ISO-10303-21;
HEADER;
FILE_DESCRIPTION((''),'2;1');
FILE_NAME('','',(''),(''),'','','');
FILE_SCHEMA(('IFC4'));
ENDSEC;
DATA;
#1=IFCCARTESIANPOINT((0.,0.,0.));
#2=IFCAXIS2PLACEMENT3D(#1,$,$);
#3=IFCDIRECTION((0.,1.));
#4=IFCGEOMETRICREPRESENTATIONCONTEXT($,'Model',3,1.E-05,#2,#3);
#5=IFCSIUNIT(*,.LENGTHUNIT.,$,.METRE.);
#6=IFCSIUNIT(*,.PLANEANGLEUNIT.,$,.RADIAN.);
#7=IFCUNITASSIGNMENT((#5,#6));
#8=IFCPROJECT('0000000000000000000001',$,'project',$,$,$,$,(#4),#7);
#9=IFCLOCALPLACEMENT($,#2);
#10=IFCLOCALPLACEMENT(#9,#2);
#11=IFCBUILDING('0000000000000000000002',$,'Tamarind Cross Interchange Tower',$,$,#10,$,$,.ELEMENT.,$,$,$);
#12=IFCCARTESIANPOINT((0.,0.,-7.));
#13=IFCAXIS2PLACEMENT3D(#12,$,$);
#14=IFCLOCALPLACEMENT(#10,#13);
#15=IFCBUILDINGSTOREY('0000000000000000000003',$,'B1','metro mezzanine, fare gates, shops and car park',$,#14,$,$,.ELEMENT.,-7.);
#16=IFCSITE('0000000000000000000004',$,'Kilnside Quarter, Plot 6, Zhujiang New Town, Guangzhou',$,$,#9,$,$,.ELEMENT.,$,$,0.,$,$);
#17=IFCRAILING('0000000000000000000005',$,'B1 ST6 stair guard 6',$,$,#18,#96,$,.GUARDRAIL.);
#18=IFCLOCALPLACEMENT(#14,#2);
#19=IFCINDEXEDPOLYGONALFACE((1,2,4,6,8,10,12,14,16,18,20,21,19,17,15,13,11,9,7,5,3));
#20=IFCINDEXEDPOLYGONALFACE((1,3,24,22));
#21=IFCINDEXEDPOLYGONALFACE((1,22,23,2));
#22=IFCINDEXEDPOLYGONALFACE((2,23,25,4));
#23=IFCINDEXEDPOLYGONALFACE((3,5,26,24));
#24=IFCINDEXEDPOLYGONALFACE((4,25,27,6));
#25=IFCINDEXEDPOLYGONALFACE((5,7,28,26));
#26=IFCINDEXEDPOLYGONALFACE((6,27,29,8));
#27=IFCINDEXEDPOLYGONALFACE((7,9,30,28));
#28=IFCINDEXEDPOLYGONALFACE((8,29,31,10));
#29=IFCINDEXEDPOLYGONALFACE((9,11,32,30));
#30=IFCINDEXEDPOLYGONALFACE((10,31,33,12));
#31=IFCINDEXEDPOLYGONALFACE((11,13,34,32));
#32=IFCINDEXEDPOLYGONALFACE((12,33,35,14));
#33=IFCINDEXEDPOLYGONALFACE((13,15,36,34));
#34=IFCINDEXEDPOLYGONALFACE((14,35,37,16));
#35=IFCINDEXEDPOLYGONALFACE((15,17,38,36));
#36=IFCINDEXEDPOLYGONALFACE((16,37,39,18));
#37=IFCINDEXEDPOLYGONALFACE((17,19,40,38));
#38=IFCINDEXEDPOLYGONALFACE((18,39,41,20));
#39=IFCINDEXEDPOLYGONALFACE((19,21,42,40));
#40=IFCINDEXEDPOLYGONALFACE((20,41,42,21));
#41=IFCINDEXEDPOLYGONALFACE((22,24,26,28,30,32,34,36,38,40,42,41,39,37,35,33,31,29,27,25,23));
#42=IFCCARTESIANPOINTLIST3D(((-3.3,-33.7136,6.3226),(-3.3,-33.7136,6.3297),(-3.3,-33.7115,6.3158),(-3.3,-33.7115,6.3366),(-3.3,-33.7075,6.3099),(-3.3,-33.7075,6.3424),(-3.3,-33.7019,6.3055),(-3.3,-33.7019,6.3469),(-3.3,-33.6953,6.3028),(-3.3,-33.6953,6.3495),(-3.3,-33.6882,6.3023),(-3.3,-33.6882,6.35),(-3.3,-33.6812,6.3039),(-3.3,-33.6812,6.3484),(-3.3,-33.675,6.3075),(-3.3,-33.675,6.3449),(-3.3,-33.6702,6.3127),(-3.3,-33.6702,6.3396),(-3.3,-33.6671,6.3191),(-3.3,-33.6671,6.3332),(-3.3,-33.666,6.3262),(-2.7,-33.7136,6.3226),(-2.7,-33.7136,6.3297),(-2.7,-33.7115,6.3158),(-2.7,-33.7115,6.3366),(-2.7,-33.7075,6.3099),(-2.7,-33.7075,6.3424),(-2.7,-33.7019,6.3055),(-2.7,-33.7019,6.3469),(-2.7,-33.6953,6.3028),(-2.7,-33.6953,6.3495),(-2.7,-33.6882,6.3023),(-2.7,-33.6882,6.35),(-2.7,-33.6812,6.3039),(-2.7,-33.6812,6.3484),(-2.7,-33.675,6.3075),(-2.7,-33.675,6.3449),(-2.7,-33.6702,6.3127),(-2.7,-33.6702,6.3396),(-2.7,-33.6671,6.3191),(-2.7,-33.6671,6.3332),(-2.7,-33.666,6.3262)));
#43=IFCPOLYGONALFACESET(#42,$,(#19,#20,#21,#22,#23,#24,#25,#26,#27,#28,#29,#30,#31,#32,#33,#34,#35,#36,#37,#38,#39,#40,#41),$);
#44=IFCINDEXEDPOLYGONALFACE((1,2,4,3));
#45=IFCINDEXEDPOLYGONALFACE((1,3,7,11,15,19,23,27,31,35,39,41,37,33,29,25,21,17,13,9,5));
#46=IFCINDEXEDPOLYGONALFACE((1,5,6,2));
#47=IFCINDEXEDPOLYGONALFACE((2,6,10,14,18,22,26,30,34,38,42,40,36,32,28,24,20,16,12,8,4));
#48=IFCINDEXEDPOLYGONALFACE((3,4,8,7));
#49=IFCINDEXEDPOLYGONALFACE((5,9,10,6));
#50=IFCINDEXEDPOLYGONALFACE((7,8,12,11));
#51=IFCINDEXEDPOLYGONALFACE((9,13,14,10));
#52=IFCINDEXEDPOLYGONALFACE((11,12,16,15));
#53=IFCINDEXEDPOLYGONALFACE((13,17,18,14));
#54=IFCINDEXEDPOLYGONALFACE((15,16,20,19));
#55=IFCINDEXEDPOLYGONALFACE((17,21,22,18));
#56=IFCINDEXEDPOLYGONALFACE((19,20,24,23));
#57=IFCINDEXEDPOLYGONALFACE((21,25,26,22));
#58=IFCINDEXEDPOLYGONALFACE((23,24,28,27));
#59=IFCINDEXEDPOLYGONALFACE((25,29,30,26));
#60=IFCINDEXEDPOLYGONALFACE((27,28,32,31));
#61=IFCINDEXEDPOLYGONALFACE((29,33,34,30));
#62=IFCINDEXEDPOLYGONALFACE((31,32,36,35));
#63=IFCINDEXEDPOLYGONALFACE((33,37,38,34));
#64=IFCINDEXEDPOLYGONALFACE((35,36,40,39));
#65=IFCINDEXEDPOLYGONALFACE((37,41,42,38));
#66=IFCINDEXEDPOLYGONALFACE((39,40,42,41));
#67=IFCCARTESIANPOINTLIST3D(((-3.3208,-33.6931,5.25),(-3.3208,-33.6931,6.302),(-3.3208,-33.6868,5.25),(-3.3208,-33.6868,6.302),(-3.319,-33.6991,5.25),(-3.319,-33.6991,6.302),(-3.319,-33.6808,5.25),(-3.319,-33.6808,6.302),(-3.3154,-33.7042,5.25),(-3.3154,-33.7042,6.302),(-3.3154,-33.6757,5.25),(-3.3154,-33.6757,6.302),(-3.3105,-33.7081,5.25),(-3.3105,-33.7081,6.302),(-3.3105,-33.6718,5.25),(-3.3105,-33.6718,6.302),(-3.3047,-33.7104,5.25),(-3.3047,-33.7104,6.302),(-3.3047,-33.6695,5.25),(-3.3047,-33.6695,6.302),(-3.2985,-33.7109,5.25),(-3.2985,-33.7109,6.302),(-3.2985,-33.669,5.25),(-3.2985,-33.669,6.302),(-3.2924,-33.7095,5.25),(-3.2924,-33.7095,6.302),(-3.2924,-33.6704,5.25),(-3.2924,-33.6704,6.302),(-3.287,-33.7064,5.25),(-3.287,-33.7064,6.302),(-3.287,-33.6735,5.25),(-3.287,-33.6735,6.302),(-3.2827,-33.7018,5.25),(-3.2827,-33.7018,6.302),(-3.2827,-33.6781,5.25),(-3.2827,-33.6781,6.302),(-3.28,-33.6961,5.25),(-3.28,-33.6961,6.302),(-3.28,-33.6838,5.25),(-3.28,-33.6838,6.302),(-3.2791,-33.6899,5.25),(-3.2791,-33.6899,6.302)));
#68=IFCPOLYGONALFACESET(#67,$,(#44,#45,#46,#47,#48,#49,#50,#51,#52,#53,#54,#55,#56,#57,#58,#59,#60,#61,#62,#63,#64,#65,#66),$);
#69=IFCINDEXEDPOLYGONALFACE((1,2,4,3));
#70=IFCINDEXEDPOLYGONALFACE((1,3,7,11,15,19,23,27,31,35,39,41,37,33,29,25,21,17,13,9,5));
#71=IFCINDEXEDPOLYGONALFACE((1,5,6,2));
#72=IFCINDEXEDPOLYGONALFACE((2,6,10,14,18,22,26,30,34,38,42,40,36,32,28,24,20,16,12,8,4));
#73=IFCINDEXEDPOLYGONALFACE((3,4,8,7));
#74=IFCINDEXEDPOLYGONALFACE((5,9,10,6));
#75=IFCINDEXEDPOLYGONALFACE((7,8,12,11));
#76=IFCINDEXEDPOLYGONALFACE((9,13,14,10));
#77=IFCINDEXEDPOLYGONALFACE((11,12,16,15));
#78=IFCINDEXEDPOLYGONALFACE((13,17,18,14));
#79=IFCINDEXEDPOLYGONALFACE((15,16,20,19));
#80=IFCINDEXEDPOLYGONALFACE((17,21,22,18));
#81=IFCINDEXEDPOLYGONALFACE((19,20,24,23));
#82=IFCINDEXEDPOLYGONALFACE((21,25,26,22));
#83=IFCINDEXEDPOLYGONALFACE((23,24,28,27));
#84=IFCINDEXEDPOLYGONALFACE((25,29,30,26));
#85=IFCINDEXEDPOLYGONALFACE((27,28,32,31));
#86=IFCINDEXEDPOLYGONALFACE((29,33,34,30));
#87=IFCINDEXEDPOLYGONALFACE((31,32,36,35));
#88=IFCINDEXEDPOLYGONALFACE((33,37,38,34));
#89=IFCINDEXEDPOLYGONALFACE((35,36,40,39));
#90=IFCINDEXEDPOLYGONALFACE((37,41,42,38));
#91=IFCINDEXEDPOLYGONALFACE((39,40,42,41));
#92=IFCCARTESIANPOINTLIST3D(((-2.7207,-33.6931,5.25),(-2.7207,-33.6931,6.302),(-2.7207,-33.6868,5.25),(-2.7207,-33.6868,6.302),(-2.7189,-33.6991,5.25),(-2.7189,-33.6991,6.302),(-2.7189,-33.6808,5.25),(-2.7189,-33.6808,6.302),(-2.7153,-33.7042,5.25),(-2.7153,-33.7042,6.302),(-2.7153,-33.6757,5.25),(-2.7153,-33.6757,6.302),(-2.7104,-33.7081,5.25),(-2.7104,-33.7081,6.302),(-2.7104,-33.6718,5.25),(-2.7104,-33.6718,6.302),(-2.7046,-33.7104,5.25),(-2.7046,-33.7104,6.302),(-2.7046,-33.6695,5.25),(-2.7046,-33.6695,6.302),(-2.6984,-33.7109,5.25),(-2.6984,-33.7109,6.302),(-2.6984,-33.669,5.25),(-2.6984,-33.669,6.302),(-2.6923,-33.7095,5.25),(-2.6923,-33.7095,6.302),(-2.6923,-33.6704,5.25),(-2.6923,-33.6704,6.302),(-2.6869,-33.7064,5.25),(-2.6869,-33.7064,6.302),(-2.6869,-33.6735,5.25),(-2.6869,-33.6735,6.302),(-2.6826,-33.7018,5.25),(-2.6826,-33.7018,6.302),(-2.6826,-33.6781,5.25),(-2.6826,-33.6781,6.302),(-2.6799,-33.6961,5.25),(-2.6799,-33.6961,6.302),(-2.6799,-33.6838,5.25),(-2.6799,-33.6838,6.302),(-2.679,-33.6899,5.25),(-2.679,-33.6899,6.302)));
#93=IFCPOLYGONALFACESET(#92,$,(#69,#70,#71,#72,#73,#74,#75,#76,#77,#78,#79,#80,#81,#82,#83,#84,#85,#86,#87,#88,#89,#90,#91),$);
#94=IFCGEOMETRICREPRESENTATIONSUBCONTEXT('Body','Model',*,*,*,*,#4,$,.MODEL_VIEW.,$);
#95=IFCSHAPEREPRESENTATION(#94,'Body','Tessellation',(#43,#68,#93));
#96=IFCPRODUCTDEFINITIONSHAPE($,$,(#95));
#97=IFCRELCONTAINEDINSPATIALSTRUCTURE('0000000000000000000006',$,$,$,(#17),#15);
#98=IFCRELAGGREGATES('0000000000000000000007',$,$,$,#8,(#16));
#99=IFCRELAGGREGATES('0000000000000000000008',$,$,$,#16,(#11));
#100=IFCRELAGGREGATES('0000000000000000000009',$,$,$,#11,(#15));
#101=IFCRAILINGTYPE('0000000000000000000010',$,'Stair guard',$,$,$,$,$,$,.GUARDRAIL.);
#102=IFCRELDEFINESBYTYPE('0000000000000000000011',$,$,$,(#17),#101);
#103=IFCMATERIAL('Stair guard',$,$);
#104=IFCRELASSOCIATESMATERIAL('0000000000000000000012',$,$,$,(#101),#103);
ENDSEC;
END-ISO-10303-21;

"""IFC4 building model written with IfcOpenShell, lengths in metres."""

from ifc_helpers import new_model, si_unit, direction, frame, origin, origin_2d, place, context, subcontext, project, spatial, circle, extrude, material, type_object, element, save


model = new_model("IFC4")

# Units and contexts
model_context = context("Model", 3, precision=1e-05, world=origin(), true_north=direction((0.0, 1.0)))
body_context = subcontext(model_context, "Body", "Model", "MODEL_VIEW")
ifc_project = project(units=[si_unit("LENGTHUNIT", "METRE"), si_unit("PLANEANGLEUNIT", "RADIAN")], contexts=[model_context])

# Site, building, storey
site_placement = place(None, origin())
site = spatial("IfcSite", under=ifc_project, at=site_placement, Name="Kilnside Quarter, Plot 6, Zhujiang New Town, Guangzhou", CompositionType="ELEMENT", RefElevation=0.0)
building_placement = place(site_placement, origin())
building = spatial("IfcBuilding", under=site, at=building_placement, Name="Tamarind Cross Interchange Tower", CompositionType="ELEMENT")
storey_placement = place(building_placement, frame((0.0, 0.0, -7.0)))
storey = spatial("IfcBuildingStorey", under=building, at=storey_placement, Name="B1", Description="metro mezzanine, fare gates, shops and car park", CompositionType="ELEMENT", Elevation=-7.0)

# Railing
ifc_material_1 = material(Name="Stair guard")
railing_type_1 = type_object("IfcRailingType", Name="Stair guard", PredefinedType="GUARDRAIL", material=ifc_material_1)
railing_1_placement = place(storey_placement, frame((-3.3, -33.6899, 5.25)))
element("IfcRailing", 1, at=railing_1_placement, inside=storey, type_object=railing_type_1, Name="B1 ST6 stair guard 6", PredefinedType="GUARDRAIL", context=body_context, shape_type="SweptSolid", body=[
    extrude(circle(Radius=0.0239, at=origin_2d()), frame((0.0, 0.0, 1.0762), z_axis=(1.0, 0.0, 0.0), x_axis=(0.0, 1.0, 0.0)), (0.0, 0.0, 1.0), 0.6001),
    extrude(circle(Radius=0.021, at=origin_2d()), origin(), (0.0, 0.0, 1.0), 1.052),
    extrude(circle(Radius=0.021, at=origin_2d()), frame((0.6001, 0.0, 0.0)), (0.0, 0.0, 1.0), 1.052),
])

save(model, "model.ifc")
